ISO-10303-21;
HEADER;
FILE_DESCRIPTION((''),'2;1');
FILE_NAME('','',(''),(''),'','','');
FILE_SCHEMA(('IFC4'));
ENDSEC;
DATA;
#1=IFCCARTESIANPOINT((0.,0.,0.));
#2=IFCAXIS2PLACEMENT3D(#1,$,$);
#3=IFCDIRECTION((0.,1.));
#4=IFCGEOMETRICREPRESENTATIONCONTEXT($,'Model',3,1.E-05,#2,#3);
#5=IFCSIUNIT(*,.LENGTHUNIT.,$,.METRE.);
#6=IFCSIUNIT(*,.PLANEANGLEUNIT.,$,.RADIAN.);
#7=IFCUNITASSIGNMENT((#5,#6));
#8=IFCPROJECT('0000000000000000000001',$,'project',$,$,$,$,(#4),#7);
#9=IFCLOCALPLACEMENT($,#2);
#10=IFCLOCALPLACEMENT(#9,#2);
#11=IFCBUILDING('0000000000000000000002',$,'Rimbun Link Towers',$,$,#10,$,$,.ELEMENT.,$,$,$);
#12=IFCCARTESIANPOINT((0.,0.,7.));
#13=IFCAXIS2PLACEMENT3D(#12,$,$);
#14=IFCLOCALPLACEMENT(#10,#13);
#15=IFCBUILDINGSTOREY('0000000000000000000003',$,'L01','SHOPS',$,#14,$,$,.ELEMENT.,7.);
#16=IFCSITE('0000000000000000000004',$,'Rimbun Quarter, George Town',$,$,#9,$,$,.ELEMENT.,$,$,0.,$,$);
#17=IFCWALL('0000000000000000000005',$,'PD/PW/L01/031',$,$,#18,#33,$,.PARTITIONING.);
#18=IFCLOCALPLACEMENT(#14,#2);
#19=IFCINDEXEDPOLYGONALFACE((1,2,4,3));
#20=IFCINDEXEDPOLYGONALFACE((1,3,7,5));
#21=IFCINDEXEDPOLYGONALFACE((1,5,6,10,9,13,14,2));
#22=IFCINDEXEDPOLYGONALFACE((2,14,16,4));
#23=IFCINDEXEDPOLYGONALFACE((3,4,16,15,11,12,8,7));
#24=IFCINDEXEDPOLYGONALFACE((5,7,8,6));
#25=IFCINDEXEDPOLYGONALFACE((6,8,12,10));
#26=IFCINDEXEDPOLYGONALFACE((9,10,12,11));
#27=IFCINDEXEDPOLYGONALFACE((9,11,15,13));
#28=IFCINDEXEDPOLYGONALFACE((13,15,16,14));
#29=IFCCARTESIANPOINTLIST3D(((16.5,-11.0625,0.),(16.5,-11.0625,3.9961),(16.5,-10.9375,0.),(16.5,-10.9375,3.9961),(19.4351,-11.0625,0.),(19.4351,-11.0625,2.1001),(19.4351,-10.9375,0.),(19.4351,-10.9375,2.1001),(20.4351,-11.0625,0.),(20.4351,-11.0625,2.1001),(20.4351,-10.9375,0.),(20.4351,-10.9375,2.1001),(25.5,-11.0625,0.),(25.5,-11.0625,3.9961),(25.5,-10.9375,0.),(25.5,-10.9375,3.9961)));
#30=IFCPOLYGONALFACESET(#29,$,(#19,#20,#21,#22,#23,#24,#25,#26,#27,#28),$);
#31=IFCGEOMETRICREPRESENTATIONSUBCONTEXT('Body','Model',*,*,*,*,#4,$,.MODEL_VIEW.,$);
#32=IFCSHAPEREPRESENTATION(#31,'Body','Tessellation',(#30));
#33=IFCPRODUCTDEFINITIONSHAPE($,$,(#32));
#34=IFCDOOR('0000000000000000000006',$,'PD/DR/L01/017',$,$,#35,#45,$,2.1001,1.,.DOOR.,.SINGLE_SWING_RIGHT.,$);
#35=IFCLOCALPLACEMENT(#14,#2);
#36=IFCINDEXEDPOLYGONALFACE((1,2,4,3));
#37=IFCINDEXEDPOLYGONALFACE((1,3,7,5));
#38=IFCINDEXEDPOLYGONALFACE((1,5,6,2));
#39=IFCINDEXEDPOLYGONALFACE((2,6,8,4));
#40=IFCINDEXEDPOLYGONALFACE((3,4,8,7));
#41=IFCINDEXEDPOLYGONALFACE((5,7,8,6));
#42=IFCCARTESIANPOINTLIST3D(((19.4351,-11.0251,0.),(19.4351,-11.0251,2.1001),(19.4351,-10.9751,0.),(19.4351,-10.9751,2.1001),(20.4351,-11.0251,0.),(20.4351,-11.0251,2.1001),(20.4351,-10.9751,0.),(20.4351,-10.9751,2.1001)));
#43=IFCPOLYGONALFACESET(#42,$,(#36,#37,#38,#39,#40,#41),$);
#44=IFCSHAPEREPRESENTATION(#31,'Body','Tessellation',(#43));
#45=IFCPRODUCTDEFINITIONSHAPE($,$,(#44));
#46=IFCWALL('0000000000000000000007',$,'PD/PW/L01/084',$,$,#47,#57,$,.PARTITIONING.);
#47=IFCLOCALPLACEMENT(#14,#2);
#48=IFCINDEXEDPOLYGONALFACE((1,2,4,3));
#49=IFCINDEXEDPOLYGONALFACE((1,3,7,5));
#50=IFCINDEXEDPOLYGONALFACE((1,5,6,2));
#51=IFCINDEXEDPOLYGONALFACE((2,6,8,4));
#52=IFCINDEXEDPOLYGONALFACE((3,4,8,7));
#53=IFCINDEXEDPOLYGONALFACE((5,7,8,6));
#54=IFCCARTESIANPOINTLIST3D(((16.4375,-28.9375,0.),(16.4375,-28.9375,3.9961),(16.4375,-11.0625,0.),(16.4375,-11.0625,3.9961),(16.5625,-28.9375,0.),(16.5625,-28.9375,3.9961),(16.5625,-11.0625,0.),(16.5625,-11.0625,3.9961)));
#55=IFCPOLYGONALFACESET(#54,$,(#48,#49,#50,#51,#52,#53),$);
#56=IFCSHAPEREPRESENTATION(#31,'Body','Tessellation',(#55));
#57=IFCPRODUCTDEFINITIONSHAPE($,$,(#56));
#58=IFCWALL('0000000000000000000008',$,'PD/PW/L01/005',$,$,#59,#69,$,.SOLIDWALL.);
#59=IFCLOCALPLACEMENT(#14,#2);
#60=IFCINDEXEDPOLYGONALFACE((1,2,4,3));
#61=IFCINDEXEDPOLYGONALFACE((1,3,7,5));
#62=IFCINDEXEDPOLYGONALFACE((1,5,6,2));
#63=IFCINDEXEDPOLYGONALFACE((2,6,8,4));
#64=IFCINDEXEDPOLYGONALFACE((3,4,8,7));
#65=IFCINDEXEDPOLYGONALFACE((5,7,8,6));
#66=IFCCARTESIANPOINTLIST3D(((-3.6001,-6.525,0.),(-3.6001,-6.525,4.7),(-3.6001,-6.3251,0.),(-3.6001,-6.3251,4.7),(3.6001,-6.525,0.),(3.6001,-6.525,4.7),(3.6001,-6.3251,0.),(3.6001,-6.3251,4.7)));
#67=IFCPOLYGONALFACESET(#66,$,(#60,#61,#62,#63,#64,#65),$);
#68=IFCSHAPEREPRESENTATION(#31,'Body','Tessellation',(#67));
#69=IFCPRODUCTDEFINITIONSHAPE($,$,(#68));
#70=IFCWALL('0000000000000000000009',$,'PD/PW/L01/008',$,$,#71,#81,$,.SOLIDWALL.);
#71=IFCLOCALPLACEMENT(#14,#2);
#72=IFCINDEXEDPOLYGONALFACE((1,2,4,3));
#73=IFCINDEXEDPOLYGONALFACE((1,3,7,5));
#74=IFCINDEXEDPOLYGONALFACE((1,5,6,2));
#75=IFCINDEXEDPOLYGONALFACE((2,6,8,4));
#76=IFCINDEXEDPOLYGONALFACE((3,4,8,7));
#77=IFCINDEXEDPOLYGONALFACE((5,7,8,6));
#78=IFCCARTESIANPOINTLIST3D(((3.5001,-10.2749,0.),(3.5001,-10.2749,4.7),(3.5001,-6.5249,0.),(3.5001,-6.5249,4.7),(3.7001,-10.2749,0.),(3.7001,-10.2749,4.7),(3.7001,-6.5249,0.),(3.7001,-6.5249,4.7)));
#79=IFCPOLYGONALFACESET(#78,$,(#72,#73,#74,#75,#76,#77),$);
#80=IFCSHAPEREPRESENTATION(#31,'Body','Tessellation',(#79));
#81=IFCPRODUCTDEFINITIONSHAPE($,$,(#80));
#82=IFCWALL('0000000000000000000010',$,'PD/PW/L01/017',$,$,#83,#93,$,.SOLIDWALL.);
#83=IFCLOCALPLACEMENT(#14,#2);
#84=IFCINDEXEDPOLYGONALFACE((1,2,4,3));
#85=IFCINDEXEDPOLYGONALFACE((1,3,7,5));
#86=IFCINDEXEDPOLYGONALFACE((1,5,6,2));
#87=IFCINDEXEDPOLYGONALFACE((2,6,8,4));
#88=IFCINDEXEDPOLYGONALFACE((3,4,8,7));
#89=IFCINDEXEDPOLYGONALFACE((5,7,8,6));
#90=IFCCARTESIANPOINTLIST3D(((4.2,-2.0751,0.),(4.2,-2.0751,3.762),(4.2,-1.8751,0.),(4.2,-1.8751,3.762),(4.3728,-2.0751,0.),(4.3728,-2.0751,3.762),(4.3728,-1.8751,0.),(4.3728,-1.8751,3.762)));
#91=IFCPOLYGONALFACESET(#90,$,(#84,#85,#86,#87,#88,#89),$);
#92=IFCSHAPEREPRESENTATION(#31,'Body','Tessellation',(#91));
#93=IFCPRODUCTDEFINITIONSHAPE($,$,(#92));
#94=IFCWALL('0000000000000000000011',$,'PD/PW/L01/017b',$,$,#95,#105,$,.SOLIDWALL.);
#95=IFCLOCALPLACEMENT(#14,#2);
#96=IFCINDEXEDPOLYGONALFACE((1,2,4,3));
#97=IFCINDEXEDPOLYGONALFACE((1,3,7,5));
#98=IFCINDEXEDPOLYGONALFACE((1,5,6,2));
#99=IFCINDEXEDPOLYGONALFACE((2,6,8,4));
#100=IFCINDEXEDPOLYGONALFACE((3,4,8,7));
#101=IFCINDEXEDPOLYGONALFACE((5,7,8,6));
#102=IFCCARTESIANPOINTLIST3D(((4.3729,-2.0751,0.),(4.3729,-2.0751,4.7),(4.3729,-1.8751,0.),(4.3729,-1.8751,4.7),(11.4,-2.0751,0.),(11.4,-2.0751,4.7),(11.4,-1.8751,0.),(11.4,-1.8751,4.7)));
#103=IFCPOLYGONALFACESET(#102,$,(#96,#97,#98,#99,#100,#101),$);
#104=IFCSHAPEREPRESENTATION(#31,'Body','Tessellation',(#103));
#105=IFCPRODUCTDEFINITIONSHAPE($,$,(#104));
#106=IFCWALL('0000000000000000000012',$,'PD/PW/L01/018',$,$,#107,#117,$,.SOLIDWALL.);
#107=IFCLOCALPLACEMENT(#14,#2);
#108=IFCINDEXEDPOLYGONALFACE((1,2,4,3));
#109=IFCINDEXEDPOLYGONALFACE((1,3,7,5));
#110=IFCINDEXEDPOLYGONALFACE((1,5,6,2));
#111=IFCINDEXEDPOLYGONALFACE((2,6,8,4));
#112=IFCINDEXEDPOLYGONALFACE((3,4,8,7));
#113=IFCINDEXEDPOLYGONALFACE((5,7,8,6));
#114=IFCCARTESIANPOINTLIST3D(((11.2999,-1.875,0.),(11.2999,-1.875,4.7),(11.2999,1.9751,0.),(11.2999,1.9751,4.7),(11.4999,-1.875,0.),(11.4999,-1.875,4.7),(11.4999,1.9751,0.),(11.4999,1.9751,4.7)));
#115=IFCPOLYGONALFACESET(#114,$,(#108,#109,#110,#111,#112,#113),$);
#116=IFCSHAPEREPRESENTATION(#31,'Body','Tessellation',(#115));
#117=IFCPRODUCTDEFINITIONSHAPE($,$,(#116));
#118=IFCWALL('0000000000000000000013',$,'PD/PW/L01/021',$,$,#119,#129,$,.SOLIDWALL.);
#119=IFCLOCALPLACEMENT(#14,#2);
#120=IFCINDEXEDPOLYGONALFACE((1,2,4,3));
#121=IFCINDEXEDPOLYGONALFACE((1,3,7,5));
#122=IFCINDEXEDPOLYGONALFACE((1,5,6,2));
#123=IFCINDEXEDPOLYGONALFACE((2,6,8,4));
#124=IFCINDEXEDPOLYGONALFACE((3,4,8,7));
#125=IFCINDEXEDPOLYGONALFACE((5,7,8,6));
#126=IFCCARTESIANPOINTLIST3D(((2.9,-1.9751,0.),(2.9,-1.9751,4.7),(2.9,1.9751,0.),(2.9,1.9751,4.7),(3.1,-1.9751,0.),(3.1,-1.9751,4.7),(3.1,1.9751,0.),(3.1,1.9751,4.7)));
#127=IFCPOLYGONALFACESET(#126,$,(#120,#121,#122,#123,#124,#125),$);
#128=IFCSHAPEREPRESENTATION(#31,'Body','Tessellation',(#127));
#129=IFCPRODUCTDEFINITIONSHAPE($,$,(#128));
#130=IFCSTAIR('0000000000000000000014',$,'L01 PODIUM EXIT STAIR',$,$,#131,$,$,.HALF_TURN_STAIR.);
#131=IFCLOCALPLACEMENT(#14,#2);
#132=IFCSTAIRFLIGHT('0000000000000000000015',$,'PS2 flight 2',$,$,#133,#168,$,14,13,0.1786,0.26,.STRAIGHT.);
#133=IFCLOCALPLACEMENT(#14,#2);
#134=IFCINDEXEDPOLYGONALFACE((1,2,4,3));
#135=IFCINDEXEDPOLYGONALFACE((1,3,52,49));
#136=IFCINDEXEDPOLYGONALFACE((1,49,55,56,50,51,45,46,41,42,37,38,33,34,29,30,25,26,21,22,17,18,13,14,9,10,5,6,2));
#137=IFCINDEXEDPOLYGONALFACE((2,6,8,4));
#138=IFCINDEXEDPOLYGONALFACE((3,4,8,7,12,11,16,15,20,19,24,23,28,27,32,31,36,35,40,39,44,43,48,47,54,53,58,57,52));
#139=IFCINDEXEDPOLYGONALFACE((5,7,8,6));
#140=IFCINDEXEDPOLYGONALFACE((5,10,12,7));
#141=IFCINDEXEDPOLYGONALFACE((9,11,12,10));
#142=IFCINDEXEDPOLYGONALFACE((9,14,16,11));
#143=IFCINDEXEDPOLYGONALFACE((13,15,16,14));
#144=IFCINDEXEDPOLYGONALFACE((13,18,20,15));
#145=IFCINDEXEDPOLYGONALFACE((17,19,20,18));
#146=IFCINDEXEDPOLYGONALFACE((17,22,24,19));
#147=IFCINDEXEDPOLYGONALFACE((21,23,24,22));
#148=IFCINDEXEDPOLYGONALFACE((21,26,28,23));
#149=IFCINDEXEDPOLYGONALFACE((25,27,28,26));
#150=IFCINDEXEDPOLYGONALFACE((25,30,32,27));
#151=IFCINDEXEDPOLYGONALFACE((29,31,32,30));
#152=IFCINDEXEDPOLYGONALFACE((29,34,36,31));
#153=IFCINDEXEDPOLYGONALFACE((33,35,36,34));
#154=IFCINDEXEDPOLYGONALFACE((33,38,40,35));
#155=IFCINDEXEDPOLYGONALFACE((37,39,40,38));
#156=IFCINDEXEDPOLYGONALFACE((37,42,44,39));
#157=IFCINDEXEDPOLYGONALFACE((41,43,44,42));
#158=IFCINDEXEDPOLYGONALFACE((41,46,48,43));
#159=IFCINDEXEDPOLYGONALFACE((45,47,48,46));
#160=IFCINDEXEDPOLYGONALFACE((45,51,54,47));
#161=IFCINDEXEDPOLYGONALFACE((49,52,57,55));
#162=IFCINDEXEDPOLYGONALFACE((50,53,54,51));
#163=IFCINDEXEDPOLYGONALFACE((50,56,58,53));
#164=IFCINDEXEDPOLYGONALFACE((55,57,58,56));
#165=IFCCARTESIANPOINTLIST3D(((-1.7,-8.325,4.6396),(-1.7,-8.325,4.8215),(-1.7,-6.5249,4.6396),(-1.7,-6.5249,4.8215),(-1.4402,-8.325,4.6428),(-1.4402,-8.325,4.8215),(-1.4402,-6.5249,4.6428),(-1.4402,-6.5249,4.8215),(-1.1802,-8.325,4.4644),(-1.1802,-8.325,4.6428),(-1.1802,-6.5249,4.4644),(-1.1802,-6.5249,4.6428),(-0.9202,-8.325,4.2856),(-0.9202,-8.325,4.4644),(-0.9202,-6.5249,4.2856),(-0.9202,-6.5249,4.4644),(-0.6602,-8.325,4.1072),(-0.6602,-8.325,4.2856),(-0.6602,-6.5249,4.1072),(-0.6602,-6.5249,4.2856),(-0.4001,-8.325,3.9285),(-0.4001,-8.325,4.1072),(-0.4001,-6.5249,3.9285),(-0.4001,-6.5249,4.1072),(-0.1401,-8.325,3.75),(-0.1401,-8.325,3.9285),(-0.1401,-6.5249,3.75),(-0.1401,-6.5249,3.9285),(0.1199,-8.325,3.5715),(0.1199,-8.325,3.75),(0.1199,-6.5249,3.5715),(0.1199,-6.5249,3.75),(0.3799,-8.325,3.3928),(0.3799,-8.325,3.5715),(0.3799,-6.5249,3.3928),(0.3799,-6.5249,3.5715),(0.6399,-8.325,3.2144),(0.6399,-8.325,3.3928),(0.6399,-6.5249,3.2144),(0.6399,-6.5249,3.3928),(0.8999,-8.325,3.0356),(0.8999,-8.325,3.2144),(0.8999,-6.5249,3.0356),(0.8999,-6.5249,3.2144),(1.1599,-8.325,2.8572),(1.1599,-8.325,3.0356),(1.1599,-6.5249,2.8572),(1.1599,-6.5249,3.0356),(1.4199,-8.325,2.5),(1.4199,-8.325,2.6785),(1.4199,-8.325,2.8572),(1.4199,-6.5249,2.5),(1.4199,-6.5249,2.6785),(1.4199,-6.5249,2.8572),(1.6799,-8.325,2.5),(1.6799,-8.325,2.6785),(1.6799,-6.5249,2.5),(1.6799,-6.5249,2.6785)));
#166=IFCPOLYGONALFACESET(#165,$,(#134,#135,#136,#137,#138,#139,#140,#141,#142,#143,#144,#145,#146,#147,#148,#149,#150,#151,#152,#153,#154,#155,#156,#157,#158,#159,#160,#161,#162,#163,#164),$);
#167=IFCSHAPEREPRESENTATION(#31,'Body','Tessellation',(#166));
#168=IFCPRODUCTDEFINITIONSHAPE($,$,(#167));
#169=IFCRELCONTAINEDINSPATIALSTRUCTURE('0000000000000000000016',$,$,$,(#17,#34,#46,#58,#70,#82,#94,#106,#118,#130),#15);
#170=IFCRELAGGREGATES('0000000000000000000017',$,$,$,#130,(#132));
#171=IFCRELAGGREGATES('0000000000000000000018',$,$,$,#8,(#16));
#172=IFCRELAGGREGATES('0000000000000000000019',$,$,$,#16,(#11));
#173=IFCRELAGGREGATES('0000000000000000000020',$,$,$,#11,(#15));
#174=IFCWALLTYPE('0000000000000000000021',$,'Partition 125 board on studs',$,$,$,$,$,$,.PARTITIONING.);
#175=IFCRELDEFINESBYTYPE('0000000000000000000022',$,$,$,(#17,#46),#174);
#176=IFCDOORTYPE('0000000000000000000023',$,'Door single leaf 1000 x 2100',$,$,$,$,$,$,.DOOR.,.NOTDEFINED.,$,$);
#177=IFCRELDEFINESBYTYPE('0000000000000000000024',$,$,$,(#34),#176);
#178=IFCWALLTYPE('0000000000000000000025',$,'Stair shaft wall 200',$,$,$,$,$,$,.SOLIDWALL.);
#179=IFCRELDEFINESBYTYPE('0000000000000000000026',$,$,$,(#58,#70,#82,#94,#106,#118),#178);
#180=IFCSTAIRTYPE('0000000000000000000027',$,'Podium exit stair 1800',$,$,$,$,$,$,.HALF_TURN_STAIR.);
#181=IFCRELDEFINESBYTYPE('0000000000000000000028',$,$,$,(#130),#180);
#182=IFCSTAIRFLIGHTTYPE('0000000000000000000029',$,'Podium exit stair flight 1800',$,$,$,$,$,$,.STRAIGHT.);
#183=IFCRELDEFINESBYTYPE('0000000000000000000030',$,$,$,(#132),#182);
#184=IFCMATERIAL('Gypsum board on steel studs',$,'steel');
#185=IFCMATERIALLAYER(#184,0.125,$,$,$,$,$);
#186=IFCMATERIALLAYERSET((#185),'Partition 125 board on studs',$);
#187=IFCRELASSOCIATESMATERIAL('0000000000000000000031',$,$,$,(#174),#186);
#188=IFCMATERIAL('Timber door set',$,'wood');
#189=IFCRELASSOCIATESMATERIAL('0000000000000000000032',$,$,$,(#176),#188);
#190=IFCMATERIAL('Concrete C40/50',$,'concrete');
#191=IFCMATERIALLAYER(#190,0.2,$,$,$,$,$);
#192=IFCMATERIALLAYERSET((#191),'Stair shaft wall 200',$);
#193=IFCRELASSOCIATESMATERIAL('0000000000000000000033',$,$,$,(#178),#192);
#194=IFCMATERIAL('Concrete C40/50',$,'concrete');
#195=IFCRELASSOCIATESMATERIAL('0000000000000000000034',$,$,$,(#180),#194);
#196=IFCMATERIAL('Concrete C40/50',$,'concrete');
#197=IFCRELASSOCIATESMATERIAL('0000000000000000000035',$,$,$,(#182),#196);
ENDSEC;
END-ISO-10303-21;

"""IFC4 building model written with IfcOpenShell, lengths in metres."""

from ifc_helpers import new_model, si_unit, direction, frame, frame_2d, origin, place, context, subcontext, project, spatial, polyline, rectangle, outline, extrude, material, layer, layer_set, type_object, element, fill, aggregate, save


model = new_model("IFC4")

# Units and contexts
model_context = context("Model", 3, precision=1e-05, world=origin(), true_north=direction((0.0, 1.0)))
body_context = subcontext(model_context, "Body", "Model", "MODEL_VIEW")
ifc_project = project(units=[si_unit("LENGTHUNIT", "METRE"), si_unit("PLANEANGLEUNIT", "RADIAN")], contexts=[model_context])

# Site, building, storey
site_placement = place(None, origin())
site = spatial("IfcSite", under=ifc_project, at=site_placement, Name="Rimbun Quarter, George Town", CompositionType="ELEMENT", RefElevation=0.0)
building_placement = place(site_placement, origin())
building = spatial("IfcBuilding", under=site, at=building_placement, Name="Rimbun Link Towers", CompositionType="ELEMENT")
storey_placement = place(building_placement, frame((0.0, 0.0, 7.0)))
storey = spatial("IfcBuildingStorey", under=building, at=storey_placement, Name="L01", Description="SHOPS", CompositionType="ELEMENT", Elevation=7.0)

# Shared definitions
ifc_material_1 = material(Name="Gypsum board on steel studs", Category="steel")
ifc_layer_1 = layer(ifc_material_1, 0.125)
ifc_layer_set_1 = layer_set([ifc_layer_1], Name="Partition 125 board on studs")
wall_type_1 = type_object("IfcWallType", Name="Partition 125 board on studs", PredefinedType="PARTITIONING", material=ifc_layer_set_1)

# Wall, opening, door
wall_1_placement = place(storey_placement, frame((16.5, -11.0, 0.0), z_axis=(0.0, 0.0, 1.0), x_axis=(1.0, 0.0, 0.0)))
wall_1 = element("IfcWall", 1, at=wall_1_placement, inside=storey, type_object=wall_type_1, Name="PD/PW/L01/031", PredefinedType="PARTITIONING", context=body_context, shape_type="SweptSolid", body=[
    extrude(rectangle(XDim=9.0, YDim=0.125, at=frame_2d((4.5, 0.0))), origin(), (0.0, 0.0, 1.0), 3.9961),
])
opening_placement = place(wall_1_placement, frame((2.9351, 0.0, 0.0)))
opening = element("IfcOpeningElement", 2, at=opening_placement, cuts=wall_1, PredefinedType="OPENING", context=body_context, shape_type="SweptSolid", body=[
    extrude(rectangle(XDim=1.0, YDim=2.1001, at=frame_2d((0.5, 1.05))), frame((0.0, 0.0725, 0.0), z_axis=(0.0, -1.0, 0.0), x_axis=(1.0, 0.0, 0.0)), (0.0, 0.0, 1.0), 0.145),
])
ifc_material_2 = material(Name="Timber door set", Category="wood")
door_type = type_object("IfcDoorType", Name="Door single leaf 1000 x 2100", OperationType="NOTDEFINED", PredefinedType="DOOR", material=ifc_material_2)
door_placement = place(opening_placement, origin())
door = element("IfcDoor", 3, at=door_placement, inside=storey, type_object=door_type, Name="PD/DR/L01/017", OperationType="SINGLE_SWING_RIGHT", OverallHeight=2.1001, OverallWidth=1.0, PredefinedType="DOOR", context=body_context, shape_type="SweptSolid", body=[
    extrude(rectangle(XDim=1.0, YDim=2.1001, at=frame_2d((0.5, 1.05))), frame((0.0, 0.0249, 0.0), z_axis=(0.0, -1.0, 0.0), x_axis=(1.0, 0.0, 0.0)), (0.0, 0.0, 1.0), 0.05),
])
fill(opening, door)

# Walls
wall_2_placement = place(storey_placement, frame((16.5, -28.9375, 0.0), z_axis=(0.0, 0.0, 1.0), x_axis=(0.0, 1.0, 0.0)))
element("IfcWall", 4, at=wall_2_placement, inside=storey, type_object=wall_type_1, Name="PD/PW/L01/084", PredefinedType="PARTITIONING", context=body_context, shape_type="SweptSolid", body=[
    extrude(rectangle(XDim=17.875, YDim=0.125, at=frame_2d((8.9375, 0.0))), origin(), (0.0, 0.0, 1.0), 3.9961),
])
ifc_material_3 = material(Name="Concrete C40/50", Category="concrete")
ifc_layer_2 = layer(ifc_material_3, 0.2)
ifc_layer_set_2 = layer_set([ifc_layer_2], Name="Stair shaft wall 200")
wall_type_2 = type_object("IfcWallType", Name="Stair shaft wall 200", PredefinedType="SOLIDWALL", material=ifc_layer_set_2)
wall_3_placement = place(storey_placement, frame((3.6001, -6.425, 0.0), z_axis=(0.0, 0.0, 1.0), x_axis=(-1.0, 0.0, 0.0)))
element("IfcWall", 5, at=wall_3_placement, inside=storey, type_object=wall_type_2, Name="PD/PW/L01/005", PredefinedType="SOLIDWALL", context=body_context, shape_type="SweptSolid", body=[
    extrude(rectangle(XDim=7.2002, YDim=0.2, at=frame_2d((3.6001, 0.0))), origin(), (0.0, 0.0, 1.0), 4.7),
])
wall_4_placement = place(storey_placement, frame((3.6001, -10.2749, 0.0), z_axis=(0.0, 0.0, 1.0), x_axis=(0.0, 1.0, 0.0)))
element("IfcWall", 6, at=wall_4_placement, inside=storey, type_object=wall_type_2, Name="PD/PW/L01/008", PredefinedType="SOLIDWALL", context=body_context, shape_type="SweptSolid", body=[
    extrude(rectangle(XDim=3.75, YDim=0.2, at=frame_2d((1.875, 0.0))), origin(), (0.0, 0.0, 1.0), 4.7),
])
wall_5_placement = place(storey_placement, frame((4.2, -1.9751, 0.0), z_axis=(0.0, 0.0, 1.0), x_axis=(1.0, 0.0, 0.0)))
element("IfcWall", 7, at=wall_5_placement, inside=storey, type_object=wall_type_2, Name="PD/PW/L01/017", PredefinedType="SOLIDWALL", context=body_context, shape_type="SweptSolid", body=[
    extrude(rectangle(XDim=0.1729, YDim=0.2, at=frame_2d((0.0864, 0.0))), origin(), (0.0, 0.0, 1.0), 3.762),
])
wall_6_placement = place(storey_placement, frame((4.3728, -1.9751, 0.0), z_axis=(0.0, 0.0, 1.0), x_axis=(1.0, 0.0, 0.0)))
element("IfcWall", 8, at=wall_6_placement, inside=storey, type_object=wall_type_2, Name="PD/PW/L01/017b", PredefinedType="SOLIDWALL", context=body_context, shape_type="SweptSolid", body=[
    extrude(rectangle(XDim=7.0271, YDim=0.2, at=frame_2d((3.5137, 0.0))), origin(), (0.0, 0.0, 1.0), 4.7),
])
wall_7_placement = place(storey_placement, frame((11.3999, -1.875, 0.0), z_axis=(0.0, 0.0, 1.0), x_axis=(0.0, 1.0, 0.0)))
element("IfcWall", 9, at=wall_7_placement, inside=storey, type_object=wall_type_2, Name="PD/PW/L01/018", PredefinedType="SOLIDWALL", context=body_context, shape_type="SweptSolid", body=[
    extrude(rectangle(XDim=3.8501, YDim=0.2, at=frame_2d((1.925, 0.0))), origin(), (0.0, 0.0, 1.0), 4.7),
])
wall_8_placement = place(storey_placement, frame((3.0, -1.9751, 0.0), z_axis=(0.0, 0.0, 1.0), x_axis=(0.0, 1.0, 0.0)))
element("IfcWall", 10, at=wall_8_placement, inside=storey, type_object=wall_type_2, Name="PD/PW/L01/021", PredefinedType="SOLIDWALL", context=body_context, shape_type="SweptSolid", body=[
    extrude(rectangle(XDim=3.9502, YDim=0.2, at=frame_2d((1.9751, 0.0))), origin(), (0.0, 0.0, 1.0), 4.7),
])

# Stair, stair flight
ifc_material_4 = material(Name="Concrete C40/50", Category="concrete")
stair_type = type_object("IfcStairType", Name="Podium exit stair 1800", PredefinedType="HALF_TURN_STAIR", material=ifc_material_4)
stair_placement = place(storey_placement, origin())
stair = element("IfcStair", 11, at=stair_placement, inside=storey, type_object=stair_type, Name="L01 PODIUM EXIT STAIR", PredefinedType="HALF_TURN_STAIR")
ifc_material_5 = material(Name="Concrete C40/50", Category="concrete")
stair_flight_type = type_object("IfcStairFlightType", Name="Podium exit stair flight 1800", PredefinedType="STRAIGHT", material=ifc_material_5)
stair_flight_placement = place(storey_placement, frame((1.6799, -7.425, 2.5), z_axis=(0.0, 0.0, 1.0), x_axis=(-1.0, 0.0, 0.0)))
stair_flight = element("IfcStairFlight", 12, at=stair_flight_placement, type_object=stair_flight_type, Name="PS2 flight 2", NumberOfRisers=14, NumberOfTreads=13, PredefinedType="STRAIGHT", RiserHeight=0.1786, TreadLength=0.26, context=body_context, shape_type="SweptSolid", body=[
    extrude(outline(polyline([(0.0, 0.0), (0.0, 0.1785), (0.26, 0.1785), (0.26, 0.3572), (0.52, 0.3572), (0.52, 0.5356), (0.78, 0.5356), (0.78, 0.7144), (1.04, 0.7144), (1.04, 0.8928), (1.3, 0.8928), (1.3, 1.0715), (1.5601, 1.0715), (1.5601, 1.25), (1.8201, 1.25), (1.8201, 1.4285), (2.0801, 1.4285), (2.0801, 1.6072), (2.3401, 1.6072), (2.3401, 1.7856), (2.6001, 1.7856), (2.6001, 1.9644), (2.8601, 1.9644), (2.8601, 2.1428), (3.1201, 2.1428), (3.1201, 2.3215), (3.3799, 2.3215), (3.3799, 2.5), (3.3799, 2.1396), (0.26, 0.0), (0.0, 0.0)])), frame((0.0, 0.8999, 0.0), z_axis=(0.0, -1.0, 0.0), x_axis=(1.0, 0.0, 0.0)), (0.0, 0.0, 1.0), 1.8),
])
aggregate(stair, [stair_flight])

save(model, "model.ifc")
